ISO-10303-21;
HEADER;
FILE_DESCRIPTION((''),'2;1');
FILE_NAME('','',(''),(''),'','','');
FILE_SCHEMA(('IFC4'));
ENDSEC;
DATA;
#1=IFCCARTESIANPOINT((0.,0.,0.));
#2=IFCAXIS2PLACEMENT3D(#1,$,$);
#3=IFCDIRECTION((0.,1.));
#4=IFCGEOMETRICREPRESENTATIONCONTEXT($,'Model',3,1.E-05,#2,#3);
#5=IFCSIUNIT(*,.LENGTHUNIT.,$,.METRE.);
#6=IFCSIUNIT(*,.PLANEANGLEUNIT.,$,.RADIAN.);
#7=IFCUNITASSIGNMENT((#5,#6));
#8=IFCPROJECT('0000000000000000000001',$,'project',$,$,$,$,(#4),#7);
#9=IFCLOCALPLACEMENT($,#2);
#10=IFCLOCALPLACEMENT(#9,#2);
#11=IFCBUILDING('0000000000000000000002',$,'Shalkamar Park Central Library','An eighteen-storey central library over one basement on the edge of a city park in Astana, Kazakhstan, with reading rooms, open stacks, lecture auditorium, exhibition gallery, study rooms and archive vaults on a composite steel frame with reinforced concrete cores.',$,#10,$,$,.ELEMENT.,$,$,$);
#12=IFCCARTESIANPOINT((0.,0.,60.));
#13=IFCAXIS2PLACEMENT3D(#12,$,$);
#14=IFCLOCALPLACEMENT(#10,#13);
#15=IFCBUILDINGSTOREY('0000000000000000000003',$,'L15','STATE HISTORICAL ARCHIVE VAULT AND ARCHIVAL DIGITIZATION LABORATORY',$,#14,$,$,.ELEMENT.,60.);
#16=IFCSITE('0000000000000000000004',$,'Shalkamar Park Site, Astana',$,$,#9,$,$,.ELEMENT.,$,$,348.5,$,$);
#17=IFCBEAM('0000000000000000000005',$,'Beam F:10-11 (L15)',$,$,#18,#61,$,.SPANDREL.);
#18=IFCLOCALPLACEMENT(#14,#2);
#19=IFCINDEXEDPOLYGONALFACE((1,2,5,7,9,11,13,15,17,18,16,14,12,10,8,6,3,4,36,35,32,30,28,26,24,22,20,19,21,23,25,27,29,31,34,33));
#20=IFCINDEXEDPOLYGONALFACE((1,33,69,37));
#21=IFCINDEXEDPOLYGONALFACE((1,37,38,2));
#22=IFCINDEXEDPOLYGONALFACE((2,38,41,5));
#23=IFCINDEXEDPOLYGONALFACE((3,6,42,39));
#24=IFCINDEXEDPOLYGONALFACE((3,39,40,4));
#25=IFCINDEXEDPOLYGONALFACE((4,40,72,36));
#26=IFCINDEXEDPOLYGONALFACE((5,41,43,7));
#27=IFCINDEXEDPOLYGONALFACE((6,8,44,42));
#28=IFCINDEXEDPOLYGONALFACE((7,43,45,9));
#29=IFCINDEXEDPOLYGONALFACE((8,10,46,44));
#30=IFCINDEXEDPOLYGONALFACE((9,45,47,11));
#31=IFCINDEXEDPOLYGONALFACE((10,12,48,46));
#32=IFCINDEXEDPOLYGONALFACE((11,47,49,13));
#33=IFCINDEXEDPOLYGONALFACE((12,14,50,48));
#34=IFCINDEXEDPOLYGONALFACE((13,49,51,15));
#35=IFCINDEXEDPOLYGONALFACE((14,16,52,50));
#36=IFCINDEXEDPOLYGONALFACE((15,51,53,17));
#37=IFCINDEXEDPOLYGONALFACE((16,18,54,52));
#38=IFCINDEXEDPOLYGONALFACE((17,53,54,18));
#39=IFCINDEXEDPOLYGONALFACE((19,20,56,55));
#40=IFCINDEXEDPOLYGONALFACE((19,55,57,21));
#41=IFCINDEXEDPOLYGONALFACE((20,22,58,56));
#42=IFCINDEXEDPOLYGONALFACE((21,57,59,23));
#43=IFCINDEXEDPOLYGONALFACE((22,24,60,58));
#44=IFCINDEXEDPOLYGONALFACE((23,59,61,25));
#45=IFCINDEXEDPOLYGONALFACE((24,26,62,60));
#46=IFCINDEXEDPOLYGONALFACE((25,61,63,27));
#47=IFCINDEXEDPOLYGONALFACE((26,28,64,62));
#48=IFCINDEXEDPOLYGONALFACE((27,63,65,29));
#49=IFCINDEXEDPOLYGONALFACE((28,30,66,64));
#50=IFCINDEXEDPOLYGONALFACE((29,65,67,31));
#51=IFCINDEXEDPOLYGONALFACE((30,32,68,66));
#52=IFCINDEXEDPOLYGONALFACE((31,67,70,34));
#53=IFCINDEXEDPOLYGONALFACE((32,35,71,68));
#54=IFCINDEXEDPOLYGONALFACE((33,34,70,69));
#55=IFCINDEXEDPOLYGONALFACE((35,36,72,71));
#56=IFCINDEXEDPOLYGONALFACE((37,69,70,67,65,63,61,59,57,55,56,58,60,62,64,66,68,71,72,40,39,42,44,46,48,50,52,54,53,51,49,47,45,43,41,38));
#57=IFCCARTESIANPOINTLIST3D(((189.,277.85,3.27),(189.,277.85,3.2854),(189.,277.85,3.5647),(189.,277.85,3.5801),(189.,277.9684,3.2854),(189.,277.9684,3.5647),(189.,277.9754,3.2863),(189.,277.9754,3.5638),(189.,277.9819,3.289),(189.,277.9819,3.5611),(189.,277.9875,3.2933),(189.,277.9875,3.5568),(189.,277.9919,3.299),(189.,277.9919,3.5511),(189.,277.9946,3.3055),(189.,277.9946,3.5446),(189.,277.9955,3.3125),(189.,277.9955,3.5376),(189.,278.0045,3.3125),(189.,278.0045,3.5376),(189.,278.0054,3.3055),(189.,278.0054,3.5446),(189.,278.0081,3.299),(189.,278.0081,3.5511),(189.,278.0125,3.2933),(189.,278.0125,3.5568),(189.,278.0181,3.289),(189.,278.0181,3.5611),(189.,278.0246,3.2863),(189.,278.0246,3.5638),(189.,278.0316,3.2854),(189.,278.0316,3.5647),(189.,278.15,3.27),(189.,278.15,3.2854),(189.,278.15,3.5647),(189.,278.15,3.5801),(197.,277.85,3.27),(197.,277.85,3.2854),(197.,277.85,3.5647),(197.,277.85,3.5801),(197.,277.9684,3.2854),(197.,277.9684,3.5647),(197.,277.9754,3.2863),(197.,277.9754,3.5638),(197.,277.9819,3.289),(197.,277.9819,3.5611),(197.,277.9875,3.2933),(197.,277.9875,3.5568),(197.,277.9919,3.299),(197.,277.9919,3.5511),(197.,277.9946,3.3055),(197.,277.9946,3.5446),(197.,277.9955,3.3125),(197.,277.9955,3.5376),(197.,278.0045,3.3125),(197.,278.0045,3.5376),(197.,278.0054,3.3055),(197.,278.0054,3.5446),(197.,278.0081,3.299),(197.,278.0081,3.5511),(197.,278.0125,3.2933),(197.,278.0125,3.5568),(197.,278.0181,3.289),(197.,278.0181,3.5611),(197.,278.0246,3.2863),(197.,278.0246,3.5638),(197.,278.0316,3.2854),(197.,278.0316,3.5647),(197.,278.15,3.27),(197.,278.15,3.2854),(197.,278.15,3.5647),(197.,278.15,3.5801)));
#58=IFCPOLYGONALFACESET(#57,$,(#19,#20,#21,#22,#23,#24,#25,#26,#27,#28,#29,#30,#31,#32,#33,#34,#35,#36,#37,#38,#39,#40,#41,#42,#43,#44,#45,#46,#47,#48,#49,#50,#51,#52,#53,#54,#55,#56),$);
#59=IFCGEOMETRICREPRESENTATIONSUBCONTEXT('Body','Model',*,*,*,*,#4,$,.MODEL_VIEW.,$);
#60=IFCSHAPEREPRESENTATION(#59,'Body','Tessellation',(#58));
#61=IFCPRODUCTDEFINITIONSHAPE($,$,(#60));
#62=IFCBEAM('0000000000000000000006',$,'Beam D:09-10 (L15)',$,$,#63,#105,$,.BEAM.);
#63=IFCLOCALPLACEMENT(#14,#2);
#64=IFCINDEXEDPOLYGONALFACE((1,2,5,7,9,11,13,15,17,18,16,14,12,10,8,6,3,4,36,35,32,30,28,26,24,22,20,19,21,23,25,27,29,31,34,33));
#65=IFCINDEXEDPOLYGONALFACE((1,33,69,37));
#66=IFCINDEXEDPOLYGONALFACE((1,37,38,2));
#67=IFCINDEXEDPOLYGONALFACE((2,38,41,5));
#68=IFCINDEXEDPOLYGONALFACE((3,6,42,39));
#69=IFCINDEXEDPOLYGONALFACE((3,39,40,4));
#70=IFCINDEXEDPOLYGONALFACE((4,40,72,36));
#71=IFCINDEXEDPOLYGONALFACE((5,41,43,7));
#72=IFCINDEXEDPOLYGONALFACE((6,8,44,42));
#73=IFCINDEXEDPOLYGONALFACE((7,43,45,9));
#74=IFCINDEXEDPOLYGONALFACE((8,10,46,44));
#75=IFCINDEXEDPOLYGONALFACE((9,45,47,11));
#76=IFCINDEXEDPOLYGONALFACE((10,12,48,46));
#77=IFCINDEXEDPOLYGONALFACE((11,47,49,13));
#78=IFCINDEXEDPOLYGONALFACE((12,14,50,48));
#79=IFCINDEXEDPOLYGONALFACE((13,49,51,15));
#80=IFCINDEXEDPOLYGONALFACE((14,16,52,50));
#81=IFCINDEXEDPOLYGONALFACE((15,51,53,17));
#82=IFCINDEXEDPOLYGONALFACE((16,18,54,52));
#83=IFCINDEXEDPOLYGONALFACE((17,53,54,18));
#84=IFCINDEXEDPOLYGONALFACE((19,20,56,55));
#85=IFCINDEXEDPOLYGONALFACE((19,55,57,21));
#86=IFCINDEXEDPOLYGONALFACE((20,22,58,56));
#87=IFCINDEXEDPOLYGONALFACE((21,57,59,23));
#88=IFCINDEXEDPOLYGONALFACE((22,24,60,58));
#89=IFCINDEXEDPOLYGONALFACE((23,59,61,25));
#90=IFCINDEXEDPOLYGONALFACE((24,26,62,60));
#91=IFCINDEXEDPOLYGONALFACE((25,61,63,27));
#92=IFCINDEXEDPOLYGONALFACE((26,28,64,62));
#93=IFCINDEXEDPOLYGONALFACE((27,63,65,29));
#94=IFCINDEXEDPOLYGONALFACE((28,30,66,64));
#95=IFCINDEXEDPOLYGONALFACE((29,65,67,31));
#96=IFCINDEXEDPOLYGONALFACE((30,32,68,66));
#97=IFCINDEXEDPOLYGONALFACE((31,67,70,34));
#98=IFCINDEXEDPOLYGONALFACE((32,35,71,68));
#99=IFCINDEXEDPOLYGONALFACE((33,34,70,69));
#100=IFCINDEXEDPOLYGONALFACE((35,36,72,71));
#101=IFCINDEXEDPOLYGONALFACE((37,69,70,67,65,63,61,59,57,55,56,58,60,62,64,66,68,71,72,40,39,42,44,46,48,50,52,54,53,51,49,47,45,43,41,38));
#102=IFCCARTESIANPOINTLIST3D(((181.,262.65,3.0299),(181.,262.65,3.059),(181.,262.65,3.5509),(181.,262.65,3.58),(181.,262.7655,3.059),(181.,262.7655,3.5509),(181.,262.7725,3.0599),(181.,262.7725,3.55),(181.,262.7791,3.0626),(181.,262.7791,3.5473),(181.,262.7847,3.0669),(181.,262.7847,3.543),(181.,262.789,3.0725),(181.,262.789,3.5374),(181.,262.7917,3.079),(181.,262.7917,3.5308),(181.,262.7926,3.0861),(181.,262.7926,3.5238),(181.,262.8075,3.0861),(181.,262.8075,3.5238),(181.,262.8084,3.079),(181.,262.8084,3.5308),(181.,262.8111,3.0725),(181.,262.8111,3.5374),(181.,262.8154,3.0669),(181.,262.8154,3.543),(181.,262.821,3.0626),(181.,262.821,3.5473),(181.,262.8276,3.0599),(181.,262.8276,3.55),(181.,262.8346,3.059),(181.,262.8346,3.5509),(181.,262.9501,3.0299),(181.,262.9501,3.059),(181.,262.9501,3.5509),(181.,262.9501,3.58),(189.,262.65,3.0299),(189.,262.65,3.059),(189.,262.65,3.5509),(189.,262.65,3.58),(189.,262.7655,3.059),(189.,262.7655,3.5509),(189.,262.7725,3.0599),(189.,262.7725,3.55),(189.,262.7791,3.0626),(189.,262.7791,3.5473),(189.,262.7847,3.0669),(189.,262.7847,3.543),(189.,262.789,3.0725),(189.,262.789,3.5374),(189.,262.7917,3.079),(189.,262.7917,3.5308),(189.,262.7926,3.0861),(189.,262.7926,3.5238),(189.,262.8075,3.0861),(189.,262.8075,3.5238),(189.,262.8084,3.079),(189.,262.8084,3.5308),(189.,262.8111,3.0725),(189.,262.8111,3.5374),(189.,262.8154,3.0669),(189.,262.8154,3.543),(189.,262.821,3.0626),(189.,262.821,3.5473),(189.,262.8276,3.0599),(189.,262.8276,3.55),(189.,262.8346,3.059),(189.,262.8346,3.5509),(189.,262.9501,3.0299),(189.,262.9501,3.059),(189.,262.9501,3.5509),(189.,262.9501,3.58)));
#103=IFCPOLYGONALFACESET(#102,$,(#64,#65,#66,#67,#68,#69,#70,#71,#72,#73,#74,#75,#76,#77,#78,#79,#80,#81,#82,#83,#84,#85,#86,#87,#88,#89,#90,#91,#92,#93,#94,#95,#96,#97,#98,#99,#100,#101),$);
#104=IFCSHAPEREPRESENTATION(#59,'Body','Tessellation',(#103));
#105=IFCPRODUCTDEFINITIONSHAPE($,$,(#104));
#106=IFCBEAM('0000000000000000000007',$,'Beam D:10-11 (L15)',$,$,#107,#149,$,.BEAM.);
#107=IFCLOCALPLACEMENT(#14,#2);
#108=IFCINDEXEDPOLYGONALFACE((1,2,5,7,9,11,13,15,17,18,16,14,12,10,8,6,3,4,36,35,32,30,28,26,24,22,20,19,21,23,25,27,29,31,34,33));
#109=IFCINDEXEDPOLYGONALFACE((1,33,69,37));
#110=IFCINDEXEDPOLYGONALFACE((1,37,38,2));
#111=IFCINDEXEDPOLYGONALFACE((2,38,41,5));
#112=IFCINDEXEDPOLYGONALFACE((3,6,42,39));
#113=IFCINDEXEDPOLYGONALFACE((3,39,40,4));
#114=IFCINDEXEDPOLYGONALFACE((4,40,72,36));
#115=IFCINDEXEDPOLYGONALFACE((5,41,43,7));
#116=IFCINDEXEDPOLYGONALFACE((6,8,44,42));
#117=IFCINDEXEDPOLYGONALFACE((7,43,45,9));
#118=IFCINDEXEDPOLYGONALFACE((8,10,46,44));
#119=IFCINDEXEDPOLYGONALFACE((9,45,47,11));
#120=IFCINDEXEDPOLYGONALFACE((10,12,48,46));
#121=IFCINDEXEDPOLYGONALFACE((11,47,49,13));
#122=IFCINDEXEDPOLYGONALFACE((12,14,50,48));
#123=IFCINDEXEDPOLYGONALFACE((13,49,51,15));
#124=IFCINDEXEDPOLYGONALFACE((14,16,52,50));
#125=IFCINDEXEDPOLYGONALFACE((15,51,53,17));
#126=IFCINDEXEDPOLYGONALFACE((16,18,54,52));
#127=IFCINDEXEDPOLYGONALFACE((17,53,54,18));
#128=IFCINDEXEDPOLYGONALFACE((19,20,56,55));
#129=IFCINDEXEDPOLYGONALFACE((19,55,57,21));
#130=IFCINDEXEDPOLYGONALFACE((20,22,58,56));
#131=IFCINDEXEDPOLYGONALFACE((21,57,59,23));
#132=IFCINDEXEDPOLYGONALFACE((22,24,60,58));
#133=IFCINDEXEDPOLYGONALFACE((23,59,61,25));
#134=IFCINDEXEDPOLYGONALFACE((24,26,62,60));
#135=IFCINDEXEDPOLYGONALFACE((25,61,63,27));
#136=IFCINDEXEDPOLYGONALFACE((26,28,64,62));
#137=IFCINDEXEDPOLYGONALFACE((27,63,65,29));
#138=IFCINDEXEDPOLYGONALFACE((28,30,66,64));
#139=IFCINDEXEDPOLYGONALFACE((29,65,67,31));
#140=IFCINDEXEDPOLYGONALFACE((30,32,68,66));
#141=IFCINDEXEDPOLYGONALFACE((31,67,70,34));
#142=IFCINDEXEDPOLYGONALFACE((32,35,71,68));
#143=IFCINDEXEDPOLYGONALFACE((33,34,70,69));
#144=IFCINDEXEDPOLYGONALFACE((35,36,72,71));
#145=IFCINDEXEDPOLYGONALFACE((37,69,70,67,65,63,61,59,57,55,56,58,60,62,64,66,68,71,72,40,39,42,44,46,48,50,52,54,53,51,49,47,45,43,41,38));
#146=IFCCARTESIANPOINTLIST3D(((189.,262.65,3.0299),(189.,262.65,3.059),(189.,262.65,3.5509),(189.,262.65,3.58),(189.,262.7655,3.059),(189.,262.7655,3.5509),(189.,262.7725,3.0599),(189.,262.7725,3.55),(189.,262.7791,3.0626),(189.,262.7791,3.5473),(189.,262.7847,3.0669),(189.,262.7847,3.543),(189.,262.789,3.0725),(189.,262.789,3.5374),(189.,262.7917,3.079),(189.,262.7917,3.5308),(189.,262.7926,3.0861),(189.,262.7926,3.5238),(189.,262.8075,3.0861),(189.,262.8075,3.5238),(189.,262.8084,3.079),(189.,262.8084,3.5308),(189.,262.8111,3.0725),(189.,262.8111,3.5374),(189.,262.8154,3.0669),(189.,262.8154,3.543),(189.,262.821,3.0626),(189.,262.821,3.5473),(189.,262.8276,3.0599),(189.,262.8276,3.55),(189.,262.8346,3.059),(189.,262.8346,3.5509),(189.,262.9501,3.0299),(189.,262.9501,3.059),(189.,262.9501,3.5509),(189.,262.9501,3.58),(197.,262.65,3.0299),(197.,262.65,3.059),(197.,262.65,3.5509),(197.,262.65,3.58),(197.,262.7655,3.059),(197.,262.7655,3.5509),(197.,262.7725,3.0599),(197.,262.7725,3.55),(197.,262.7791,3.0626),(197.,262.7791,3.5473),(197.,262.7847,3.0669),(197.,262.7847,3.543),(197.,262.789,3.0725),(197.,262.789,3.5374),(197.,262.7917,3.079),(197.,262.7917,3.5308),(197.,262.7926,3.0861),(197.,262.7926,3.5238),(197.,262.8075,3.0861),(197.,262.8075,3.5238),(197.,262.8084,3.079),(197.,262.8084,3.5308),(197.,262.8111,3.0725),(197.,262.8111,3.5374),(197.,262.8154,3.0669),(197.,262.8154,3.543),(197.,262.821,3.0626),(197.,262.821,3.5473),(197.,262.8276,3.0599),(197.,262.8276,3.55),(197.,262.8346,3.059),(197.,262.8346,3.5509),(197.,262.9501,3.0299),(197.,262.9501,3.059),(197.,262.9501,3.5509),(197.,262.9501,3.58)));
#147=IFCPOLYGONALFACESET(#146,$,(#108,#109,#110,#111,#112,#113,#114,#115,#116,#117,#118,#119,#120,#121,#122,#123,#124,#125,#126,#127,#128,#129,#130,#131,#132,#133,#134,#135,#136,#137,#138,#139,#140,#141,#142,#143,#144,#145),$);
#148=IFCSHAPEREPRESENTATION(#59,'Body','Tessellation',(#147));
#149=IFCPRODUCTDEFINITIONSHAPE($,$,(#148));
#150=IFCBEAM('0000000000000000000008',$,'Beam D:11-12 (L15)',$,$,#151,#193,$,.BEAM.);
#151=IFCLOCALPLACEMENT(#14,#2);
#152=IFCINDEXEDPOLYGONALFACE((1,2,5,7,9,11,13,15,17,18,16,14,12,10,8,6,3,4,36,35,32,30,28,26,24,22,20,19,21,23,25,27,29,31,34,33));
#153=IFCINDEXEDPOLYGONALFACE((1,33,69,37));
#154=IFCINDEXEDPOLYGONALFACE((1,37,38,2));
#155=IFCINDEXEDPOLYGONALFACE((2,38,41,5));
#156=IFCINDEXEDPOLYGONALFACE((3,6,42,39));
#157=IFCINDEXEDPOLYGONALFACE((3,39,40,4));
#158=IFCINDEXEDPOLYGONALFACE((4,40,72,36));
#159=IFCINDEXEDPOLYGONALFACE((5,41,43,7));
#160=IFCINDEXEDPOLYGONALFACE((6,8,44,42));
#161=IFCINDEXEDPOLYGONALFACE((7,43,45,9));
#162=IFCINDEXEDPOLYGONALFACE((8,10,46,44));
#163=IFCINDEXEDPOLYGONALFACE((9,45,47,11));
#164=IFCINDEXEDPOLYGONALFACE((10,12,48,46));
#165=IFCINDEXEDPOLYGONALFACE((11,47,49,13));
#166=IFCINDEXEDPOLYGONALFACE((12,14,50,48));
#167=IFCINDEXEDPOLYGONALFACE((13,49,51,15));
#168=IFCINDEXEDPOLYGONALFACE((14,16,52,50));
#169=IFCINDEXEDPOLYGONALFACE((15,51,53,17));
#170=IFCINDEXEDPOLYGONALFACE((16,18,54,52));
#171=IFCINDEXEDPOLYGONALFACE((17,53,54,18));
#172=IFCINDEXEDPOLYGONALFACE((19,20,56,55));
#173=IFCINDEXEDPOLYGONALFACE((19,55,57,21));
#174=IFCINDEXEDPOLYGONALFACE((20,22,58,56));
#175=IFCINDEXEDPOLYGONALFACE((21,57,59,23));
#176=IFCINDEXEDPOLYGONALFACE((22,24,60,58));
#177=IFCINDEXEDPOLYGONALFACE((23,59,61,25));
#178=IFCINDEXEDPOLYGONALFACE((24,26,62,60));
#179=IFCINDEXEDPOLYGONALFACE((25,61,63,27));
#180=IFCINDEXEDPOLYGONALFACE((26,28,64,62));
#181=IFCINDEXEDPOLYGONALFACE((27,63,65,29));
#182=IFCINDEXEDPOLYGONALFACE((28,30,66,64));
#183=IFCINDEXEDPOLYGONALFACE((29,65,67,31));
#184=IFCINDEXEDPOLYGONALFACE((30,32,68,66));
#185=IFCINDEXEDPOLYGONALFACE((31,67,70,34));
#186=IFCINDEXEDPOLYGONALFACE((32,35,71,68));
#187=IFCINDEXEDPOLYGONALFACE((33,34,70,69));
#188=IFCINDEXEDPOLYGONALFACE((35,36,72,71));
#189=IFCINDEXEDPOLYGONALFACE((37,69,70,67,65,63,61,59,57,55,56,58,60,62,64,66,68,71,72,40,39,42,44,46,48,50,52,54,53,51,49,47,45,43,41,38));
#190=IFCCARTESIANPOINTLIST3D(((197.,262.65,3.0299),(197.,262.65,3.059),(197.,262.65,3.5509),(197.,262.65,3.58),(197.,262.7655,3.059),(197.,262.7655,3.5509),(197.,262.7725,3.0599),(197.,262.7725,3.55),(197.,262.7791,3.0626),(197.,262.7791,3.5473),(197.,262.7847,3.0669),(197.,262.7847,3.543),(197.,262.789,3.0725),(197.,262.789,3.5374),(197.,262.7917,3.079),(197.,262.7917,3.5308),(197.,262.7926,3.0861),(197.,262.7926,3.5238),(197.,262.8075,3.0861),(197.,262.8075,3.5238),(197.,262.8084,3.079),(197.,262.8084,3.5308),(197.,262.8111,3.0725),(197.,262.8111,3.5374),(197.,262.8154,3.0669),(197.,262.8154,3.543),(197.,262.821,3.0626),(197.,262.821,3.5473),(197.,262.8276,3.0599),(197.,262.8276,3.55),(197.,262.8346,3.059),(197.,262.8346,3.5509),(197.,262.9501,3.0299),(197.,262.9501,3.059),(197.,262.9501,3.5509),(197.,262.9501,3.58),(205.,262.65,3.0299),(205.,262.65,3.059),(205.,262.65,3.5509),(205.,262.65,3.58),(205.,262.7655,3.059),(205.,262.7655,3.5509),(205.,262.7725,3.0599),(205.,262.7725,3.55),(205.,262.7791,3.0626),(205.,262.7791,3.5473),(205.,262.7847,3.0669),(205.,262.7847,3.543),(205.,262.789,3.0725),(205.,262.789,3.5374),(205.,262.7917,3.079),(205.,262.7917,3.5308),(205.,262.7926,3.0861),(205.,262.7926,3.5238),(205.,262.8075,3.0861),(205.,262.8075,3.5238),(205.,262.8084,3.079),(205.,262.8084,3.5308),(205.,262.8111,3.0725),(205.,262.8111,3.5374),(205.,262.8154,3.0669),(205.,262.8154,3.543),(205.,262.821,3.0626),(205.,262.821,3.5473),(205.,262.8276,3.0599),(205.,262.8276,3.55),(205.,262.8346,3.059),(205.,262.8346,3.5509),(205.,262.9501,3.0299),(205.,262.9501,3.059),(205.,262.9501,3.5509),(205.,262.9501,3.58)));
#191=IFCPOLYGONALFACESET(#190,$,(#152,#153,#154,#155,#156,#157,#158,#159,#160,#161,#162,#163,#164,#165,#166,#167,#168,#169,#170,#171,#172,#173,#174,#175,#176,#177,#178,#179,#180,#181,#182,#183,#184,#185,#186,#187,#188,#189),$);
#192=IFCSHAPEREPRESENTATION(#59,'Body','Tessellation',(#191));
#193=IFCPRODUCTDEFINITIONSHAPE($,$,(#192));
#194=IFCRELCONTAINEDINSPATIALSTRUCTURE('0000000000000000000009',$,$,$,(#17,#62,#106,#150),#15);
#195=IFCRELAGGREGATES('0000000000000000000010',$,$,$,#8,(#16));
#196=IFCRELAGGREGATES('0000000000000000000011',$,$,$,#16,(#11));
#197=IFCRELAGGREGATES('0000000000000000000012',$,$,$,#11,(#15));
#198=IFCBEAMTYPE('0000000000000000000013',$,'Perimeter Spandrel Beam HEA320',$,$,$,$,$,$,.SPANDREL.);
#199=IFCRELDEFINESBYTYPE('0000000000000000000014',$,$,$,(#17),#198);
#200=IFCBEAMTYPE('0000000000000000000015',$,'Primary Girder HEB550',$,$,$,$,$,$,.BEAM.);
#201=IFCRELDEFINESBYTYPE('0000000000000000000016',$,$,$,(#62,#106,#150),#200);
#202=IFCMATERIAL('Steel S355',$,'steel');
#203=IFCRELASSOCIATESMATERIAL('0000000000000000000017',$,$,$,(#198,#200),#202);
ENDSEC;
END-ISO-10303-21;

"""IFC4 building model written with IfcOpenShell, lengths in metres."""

from ifc_helpers import new_model, si_unit, direction, frame, origin, origin_2d, place, context, subcontext, project, spatial, i_section, extrude, material, material_profile, profile_set, type_object, element, save


model = new_model("IFC4")

# Units and contexts
model_context = context("Model", 3, precision=1e-05, world=origin(), true_north=direction((0.0, 1.0)))
body_context = subcontext(model_context, "Body", "Model", "MODEL_VIEW")
ifc_project = project(units=[si_unit("LENGTHUNIT", "METRE"), si_unit("PLANEANGLEUNIT", "RADIAN")], contexts=[model_context])

# Site, building, storey
site_placement = place(None, origin())
site = spatial("IfcSite", under=ifc_project, at=site_placement, Name="Shalkamar Park Site, Astana", CompositionType="ELEMENT", RefElevation=348.5)
building_placement = place(site_placement, origin())
building = spatial("IfcBuilding", under=site, at=building_placement, Name="Shalkamar Park Central Library", Description="An eighteen-storey central library over one basement on the edge of a city park in Astana, Kazakhstan, with reading rooms, open stacks, lecture auditorium, exhibition gallery, study rooms and archive vaults on a composite steel frame with reinforced concrete cores.", CompositionType="ELEMENT")
storey_placement = place(building_placement, frame((0.0, 0.0, 60.0)))
storey = spatial("IfcBuildingStorey", under=building, at=storey_placement, Name="L15", Description="STATE HISTORICAL ARCHIVE VAULT AND ARCHIVAL DIGITIZATION LABORATORY", CompositionType="ELEMENT", Elevation=60.0)

# Shared definitions
ifc_material_1 = material(Name="Steel S355", Category="steel")

# Beams
ifc_material_profile_1 = material_profile(ifc_material_1, i_section(OverallWidth=0.3, OverallDepth=0.3101, WebThickness=0.009, FlangeThickness=0.0154, FilletRadius=0.0271, at=origin_2d()), Name="HEA 320")
ifc_profile_set_1 = profile_set([ifc_material_profile_1], Name="Steel S355")
beam_type_1 = type_object("IfcBeamType", Name="Perimeter Spandrel Beam HEA320", PredefinedType="SPANDREL", material=ifc_profile_set_1)
for number, where, z_axis, x_axis, name in (
    (1, (189.0, 278.0, 3.425), (1.0, 0.0, 0.0), (0.0, 1.0, 0.0), "Beam F:10-11 (L15)"),
):
    element("IfcBeam", number, at=place(storey_placement, frame(where, z_axis=z_axis, x_axis=x_axis)), inside=storey, type_object=beam_type_1, Name=name, PredefinedType="SPANDREL", context=body_context, shape_type="SweptSolid", body=[
        extrude(i_section(OverallWidth=0.3, OverallDepth=0.3101, WebThickness=0.009, FlangeThickness=0.0154, FilletRadius=0.0271, at=origin_2d()), origin(), (0.0, 0.0, 1.0), 8.0),
    ])
ifc_material_profile_2 = material_profile(ifc_material_1, i_section(OverallWidth=0.3, OverallDepth=0.55, WebThickness=0.0149, FlangeThickness=0.0291, FilletRadius=0.0271, at=origin_2d()), Name="HEB 550")
ifc_profile_set_2 = profile_set([ifc_material_profile_2], Name="Steel S355")
beam_type_2 = type_object("IfcBeamType", Name="Primary Girder HEB550", PredefinedType="BEAM", material=ifc_profile_set_2)
for number, where, z_axis, x_axis, name in (
    (2, (181.0, 262.8, 3.3049), (1.0, 0.0, 0.0), (0.0, 1.0, 0.0), "Beam D:09-10 (L15)"),
    (3, (189.0, 262.8, 3.3049), (1.0, 0.0, 0.0), (0.0, 1.0, 0.0), "Beam D:10-11 (L15)"),
    (4, (197.0, 262.8, 3.3049), (1.0, 0.0, 0.0), (0.0, 1.0, 0.0), "Beam D:11-12 (L15)"),
):
    element("IfcBeam", number, at=place(storey_placement, frame(where, z_axis=z_axis, x_axis=x_axis)), inside=storey, type_object=beam_type_2, Name=name, PredefinedType="BEAM", context=body_context, shape_type="SweptSolid", body=[
        extrude(i_section(OverallWidth=0.3, OverallDepth=0.55, WebThickness=0.0149, FlangeThickness=0.0291, FilletRadius=0.0271, at=origin_2d()), origin(), (0.0, 0.0, 1.0), 8.0),
    ])

save(model, "model.ifc")
